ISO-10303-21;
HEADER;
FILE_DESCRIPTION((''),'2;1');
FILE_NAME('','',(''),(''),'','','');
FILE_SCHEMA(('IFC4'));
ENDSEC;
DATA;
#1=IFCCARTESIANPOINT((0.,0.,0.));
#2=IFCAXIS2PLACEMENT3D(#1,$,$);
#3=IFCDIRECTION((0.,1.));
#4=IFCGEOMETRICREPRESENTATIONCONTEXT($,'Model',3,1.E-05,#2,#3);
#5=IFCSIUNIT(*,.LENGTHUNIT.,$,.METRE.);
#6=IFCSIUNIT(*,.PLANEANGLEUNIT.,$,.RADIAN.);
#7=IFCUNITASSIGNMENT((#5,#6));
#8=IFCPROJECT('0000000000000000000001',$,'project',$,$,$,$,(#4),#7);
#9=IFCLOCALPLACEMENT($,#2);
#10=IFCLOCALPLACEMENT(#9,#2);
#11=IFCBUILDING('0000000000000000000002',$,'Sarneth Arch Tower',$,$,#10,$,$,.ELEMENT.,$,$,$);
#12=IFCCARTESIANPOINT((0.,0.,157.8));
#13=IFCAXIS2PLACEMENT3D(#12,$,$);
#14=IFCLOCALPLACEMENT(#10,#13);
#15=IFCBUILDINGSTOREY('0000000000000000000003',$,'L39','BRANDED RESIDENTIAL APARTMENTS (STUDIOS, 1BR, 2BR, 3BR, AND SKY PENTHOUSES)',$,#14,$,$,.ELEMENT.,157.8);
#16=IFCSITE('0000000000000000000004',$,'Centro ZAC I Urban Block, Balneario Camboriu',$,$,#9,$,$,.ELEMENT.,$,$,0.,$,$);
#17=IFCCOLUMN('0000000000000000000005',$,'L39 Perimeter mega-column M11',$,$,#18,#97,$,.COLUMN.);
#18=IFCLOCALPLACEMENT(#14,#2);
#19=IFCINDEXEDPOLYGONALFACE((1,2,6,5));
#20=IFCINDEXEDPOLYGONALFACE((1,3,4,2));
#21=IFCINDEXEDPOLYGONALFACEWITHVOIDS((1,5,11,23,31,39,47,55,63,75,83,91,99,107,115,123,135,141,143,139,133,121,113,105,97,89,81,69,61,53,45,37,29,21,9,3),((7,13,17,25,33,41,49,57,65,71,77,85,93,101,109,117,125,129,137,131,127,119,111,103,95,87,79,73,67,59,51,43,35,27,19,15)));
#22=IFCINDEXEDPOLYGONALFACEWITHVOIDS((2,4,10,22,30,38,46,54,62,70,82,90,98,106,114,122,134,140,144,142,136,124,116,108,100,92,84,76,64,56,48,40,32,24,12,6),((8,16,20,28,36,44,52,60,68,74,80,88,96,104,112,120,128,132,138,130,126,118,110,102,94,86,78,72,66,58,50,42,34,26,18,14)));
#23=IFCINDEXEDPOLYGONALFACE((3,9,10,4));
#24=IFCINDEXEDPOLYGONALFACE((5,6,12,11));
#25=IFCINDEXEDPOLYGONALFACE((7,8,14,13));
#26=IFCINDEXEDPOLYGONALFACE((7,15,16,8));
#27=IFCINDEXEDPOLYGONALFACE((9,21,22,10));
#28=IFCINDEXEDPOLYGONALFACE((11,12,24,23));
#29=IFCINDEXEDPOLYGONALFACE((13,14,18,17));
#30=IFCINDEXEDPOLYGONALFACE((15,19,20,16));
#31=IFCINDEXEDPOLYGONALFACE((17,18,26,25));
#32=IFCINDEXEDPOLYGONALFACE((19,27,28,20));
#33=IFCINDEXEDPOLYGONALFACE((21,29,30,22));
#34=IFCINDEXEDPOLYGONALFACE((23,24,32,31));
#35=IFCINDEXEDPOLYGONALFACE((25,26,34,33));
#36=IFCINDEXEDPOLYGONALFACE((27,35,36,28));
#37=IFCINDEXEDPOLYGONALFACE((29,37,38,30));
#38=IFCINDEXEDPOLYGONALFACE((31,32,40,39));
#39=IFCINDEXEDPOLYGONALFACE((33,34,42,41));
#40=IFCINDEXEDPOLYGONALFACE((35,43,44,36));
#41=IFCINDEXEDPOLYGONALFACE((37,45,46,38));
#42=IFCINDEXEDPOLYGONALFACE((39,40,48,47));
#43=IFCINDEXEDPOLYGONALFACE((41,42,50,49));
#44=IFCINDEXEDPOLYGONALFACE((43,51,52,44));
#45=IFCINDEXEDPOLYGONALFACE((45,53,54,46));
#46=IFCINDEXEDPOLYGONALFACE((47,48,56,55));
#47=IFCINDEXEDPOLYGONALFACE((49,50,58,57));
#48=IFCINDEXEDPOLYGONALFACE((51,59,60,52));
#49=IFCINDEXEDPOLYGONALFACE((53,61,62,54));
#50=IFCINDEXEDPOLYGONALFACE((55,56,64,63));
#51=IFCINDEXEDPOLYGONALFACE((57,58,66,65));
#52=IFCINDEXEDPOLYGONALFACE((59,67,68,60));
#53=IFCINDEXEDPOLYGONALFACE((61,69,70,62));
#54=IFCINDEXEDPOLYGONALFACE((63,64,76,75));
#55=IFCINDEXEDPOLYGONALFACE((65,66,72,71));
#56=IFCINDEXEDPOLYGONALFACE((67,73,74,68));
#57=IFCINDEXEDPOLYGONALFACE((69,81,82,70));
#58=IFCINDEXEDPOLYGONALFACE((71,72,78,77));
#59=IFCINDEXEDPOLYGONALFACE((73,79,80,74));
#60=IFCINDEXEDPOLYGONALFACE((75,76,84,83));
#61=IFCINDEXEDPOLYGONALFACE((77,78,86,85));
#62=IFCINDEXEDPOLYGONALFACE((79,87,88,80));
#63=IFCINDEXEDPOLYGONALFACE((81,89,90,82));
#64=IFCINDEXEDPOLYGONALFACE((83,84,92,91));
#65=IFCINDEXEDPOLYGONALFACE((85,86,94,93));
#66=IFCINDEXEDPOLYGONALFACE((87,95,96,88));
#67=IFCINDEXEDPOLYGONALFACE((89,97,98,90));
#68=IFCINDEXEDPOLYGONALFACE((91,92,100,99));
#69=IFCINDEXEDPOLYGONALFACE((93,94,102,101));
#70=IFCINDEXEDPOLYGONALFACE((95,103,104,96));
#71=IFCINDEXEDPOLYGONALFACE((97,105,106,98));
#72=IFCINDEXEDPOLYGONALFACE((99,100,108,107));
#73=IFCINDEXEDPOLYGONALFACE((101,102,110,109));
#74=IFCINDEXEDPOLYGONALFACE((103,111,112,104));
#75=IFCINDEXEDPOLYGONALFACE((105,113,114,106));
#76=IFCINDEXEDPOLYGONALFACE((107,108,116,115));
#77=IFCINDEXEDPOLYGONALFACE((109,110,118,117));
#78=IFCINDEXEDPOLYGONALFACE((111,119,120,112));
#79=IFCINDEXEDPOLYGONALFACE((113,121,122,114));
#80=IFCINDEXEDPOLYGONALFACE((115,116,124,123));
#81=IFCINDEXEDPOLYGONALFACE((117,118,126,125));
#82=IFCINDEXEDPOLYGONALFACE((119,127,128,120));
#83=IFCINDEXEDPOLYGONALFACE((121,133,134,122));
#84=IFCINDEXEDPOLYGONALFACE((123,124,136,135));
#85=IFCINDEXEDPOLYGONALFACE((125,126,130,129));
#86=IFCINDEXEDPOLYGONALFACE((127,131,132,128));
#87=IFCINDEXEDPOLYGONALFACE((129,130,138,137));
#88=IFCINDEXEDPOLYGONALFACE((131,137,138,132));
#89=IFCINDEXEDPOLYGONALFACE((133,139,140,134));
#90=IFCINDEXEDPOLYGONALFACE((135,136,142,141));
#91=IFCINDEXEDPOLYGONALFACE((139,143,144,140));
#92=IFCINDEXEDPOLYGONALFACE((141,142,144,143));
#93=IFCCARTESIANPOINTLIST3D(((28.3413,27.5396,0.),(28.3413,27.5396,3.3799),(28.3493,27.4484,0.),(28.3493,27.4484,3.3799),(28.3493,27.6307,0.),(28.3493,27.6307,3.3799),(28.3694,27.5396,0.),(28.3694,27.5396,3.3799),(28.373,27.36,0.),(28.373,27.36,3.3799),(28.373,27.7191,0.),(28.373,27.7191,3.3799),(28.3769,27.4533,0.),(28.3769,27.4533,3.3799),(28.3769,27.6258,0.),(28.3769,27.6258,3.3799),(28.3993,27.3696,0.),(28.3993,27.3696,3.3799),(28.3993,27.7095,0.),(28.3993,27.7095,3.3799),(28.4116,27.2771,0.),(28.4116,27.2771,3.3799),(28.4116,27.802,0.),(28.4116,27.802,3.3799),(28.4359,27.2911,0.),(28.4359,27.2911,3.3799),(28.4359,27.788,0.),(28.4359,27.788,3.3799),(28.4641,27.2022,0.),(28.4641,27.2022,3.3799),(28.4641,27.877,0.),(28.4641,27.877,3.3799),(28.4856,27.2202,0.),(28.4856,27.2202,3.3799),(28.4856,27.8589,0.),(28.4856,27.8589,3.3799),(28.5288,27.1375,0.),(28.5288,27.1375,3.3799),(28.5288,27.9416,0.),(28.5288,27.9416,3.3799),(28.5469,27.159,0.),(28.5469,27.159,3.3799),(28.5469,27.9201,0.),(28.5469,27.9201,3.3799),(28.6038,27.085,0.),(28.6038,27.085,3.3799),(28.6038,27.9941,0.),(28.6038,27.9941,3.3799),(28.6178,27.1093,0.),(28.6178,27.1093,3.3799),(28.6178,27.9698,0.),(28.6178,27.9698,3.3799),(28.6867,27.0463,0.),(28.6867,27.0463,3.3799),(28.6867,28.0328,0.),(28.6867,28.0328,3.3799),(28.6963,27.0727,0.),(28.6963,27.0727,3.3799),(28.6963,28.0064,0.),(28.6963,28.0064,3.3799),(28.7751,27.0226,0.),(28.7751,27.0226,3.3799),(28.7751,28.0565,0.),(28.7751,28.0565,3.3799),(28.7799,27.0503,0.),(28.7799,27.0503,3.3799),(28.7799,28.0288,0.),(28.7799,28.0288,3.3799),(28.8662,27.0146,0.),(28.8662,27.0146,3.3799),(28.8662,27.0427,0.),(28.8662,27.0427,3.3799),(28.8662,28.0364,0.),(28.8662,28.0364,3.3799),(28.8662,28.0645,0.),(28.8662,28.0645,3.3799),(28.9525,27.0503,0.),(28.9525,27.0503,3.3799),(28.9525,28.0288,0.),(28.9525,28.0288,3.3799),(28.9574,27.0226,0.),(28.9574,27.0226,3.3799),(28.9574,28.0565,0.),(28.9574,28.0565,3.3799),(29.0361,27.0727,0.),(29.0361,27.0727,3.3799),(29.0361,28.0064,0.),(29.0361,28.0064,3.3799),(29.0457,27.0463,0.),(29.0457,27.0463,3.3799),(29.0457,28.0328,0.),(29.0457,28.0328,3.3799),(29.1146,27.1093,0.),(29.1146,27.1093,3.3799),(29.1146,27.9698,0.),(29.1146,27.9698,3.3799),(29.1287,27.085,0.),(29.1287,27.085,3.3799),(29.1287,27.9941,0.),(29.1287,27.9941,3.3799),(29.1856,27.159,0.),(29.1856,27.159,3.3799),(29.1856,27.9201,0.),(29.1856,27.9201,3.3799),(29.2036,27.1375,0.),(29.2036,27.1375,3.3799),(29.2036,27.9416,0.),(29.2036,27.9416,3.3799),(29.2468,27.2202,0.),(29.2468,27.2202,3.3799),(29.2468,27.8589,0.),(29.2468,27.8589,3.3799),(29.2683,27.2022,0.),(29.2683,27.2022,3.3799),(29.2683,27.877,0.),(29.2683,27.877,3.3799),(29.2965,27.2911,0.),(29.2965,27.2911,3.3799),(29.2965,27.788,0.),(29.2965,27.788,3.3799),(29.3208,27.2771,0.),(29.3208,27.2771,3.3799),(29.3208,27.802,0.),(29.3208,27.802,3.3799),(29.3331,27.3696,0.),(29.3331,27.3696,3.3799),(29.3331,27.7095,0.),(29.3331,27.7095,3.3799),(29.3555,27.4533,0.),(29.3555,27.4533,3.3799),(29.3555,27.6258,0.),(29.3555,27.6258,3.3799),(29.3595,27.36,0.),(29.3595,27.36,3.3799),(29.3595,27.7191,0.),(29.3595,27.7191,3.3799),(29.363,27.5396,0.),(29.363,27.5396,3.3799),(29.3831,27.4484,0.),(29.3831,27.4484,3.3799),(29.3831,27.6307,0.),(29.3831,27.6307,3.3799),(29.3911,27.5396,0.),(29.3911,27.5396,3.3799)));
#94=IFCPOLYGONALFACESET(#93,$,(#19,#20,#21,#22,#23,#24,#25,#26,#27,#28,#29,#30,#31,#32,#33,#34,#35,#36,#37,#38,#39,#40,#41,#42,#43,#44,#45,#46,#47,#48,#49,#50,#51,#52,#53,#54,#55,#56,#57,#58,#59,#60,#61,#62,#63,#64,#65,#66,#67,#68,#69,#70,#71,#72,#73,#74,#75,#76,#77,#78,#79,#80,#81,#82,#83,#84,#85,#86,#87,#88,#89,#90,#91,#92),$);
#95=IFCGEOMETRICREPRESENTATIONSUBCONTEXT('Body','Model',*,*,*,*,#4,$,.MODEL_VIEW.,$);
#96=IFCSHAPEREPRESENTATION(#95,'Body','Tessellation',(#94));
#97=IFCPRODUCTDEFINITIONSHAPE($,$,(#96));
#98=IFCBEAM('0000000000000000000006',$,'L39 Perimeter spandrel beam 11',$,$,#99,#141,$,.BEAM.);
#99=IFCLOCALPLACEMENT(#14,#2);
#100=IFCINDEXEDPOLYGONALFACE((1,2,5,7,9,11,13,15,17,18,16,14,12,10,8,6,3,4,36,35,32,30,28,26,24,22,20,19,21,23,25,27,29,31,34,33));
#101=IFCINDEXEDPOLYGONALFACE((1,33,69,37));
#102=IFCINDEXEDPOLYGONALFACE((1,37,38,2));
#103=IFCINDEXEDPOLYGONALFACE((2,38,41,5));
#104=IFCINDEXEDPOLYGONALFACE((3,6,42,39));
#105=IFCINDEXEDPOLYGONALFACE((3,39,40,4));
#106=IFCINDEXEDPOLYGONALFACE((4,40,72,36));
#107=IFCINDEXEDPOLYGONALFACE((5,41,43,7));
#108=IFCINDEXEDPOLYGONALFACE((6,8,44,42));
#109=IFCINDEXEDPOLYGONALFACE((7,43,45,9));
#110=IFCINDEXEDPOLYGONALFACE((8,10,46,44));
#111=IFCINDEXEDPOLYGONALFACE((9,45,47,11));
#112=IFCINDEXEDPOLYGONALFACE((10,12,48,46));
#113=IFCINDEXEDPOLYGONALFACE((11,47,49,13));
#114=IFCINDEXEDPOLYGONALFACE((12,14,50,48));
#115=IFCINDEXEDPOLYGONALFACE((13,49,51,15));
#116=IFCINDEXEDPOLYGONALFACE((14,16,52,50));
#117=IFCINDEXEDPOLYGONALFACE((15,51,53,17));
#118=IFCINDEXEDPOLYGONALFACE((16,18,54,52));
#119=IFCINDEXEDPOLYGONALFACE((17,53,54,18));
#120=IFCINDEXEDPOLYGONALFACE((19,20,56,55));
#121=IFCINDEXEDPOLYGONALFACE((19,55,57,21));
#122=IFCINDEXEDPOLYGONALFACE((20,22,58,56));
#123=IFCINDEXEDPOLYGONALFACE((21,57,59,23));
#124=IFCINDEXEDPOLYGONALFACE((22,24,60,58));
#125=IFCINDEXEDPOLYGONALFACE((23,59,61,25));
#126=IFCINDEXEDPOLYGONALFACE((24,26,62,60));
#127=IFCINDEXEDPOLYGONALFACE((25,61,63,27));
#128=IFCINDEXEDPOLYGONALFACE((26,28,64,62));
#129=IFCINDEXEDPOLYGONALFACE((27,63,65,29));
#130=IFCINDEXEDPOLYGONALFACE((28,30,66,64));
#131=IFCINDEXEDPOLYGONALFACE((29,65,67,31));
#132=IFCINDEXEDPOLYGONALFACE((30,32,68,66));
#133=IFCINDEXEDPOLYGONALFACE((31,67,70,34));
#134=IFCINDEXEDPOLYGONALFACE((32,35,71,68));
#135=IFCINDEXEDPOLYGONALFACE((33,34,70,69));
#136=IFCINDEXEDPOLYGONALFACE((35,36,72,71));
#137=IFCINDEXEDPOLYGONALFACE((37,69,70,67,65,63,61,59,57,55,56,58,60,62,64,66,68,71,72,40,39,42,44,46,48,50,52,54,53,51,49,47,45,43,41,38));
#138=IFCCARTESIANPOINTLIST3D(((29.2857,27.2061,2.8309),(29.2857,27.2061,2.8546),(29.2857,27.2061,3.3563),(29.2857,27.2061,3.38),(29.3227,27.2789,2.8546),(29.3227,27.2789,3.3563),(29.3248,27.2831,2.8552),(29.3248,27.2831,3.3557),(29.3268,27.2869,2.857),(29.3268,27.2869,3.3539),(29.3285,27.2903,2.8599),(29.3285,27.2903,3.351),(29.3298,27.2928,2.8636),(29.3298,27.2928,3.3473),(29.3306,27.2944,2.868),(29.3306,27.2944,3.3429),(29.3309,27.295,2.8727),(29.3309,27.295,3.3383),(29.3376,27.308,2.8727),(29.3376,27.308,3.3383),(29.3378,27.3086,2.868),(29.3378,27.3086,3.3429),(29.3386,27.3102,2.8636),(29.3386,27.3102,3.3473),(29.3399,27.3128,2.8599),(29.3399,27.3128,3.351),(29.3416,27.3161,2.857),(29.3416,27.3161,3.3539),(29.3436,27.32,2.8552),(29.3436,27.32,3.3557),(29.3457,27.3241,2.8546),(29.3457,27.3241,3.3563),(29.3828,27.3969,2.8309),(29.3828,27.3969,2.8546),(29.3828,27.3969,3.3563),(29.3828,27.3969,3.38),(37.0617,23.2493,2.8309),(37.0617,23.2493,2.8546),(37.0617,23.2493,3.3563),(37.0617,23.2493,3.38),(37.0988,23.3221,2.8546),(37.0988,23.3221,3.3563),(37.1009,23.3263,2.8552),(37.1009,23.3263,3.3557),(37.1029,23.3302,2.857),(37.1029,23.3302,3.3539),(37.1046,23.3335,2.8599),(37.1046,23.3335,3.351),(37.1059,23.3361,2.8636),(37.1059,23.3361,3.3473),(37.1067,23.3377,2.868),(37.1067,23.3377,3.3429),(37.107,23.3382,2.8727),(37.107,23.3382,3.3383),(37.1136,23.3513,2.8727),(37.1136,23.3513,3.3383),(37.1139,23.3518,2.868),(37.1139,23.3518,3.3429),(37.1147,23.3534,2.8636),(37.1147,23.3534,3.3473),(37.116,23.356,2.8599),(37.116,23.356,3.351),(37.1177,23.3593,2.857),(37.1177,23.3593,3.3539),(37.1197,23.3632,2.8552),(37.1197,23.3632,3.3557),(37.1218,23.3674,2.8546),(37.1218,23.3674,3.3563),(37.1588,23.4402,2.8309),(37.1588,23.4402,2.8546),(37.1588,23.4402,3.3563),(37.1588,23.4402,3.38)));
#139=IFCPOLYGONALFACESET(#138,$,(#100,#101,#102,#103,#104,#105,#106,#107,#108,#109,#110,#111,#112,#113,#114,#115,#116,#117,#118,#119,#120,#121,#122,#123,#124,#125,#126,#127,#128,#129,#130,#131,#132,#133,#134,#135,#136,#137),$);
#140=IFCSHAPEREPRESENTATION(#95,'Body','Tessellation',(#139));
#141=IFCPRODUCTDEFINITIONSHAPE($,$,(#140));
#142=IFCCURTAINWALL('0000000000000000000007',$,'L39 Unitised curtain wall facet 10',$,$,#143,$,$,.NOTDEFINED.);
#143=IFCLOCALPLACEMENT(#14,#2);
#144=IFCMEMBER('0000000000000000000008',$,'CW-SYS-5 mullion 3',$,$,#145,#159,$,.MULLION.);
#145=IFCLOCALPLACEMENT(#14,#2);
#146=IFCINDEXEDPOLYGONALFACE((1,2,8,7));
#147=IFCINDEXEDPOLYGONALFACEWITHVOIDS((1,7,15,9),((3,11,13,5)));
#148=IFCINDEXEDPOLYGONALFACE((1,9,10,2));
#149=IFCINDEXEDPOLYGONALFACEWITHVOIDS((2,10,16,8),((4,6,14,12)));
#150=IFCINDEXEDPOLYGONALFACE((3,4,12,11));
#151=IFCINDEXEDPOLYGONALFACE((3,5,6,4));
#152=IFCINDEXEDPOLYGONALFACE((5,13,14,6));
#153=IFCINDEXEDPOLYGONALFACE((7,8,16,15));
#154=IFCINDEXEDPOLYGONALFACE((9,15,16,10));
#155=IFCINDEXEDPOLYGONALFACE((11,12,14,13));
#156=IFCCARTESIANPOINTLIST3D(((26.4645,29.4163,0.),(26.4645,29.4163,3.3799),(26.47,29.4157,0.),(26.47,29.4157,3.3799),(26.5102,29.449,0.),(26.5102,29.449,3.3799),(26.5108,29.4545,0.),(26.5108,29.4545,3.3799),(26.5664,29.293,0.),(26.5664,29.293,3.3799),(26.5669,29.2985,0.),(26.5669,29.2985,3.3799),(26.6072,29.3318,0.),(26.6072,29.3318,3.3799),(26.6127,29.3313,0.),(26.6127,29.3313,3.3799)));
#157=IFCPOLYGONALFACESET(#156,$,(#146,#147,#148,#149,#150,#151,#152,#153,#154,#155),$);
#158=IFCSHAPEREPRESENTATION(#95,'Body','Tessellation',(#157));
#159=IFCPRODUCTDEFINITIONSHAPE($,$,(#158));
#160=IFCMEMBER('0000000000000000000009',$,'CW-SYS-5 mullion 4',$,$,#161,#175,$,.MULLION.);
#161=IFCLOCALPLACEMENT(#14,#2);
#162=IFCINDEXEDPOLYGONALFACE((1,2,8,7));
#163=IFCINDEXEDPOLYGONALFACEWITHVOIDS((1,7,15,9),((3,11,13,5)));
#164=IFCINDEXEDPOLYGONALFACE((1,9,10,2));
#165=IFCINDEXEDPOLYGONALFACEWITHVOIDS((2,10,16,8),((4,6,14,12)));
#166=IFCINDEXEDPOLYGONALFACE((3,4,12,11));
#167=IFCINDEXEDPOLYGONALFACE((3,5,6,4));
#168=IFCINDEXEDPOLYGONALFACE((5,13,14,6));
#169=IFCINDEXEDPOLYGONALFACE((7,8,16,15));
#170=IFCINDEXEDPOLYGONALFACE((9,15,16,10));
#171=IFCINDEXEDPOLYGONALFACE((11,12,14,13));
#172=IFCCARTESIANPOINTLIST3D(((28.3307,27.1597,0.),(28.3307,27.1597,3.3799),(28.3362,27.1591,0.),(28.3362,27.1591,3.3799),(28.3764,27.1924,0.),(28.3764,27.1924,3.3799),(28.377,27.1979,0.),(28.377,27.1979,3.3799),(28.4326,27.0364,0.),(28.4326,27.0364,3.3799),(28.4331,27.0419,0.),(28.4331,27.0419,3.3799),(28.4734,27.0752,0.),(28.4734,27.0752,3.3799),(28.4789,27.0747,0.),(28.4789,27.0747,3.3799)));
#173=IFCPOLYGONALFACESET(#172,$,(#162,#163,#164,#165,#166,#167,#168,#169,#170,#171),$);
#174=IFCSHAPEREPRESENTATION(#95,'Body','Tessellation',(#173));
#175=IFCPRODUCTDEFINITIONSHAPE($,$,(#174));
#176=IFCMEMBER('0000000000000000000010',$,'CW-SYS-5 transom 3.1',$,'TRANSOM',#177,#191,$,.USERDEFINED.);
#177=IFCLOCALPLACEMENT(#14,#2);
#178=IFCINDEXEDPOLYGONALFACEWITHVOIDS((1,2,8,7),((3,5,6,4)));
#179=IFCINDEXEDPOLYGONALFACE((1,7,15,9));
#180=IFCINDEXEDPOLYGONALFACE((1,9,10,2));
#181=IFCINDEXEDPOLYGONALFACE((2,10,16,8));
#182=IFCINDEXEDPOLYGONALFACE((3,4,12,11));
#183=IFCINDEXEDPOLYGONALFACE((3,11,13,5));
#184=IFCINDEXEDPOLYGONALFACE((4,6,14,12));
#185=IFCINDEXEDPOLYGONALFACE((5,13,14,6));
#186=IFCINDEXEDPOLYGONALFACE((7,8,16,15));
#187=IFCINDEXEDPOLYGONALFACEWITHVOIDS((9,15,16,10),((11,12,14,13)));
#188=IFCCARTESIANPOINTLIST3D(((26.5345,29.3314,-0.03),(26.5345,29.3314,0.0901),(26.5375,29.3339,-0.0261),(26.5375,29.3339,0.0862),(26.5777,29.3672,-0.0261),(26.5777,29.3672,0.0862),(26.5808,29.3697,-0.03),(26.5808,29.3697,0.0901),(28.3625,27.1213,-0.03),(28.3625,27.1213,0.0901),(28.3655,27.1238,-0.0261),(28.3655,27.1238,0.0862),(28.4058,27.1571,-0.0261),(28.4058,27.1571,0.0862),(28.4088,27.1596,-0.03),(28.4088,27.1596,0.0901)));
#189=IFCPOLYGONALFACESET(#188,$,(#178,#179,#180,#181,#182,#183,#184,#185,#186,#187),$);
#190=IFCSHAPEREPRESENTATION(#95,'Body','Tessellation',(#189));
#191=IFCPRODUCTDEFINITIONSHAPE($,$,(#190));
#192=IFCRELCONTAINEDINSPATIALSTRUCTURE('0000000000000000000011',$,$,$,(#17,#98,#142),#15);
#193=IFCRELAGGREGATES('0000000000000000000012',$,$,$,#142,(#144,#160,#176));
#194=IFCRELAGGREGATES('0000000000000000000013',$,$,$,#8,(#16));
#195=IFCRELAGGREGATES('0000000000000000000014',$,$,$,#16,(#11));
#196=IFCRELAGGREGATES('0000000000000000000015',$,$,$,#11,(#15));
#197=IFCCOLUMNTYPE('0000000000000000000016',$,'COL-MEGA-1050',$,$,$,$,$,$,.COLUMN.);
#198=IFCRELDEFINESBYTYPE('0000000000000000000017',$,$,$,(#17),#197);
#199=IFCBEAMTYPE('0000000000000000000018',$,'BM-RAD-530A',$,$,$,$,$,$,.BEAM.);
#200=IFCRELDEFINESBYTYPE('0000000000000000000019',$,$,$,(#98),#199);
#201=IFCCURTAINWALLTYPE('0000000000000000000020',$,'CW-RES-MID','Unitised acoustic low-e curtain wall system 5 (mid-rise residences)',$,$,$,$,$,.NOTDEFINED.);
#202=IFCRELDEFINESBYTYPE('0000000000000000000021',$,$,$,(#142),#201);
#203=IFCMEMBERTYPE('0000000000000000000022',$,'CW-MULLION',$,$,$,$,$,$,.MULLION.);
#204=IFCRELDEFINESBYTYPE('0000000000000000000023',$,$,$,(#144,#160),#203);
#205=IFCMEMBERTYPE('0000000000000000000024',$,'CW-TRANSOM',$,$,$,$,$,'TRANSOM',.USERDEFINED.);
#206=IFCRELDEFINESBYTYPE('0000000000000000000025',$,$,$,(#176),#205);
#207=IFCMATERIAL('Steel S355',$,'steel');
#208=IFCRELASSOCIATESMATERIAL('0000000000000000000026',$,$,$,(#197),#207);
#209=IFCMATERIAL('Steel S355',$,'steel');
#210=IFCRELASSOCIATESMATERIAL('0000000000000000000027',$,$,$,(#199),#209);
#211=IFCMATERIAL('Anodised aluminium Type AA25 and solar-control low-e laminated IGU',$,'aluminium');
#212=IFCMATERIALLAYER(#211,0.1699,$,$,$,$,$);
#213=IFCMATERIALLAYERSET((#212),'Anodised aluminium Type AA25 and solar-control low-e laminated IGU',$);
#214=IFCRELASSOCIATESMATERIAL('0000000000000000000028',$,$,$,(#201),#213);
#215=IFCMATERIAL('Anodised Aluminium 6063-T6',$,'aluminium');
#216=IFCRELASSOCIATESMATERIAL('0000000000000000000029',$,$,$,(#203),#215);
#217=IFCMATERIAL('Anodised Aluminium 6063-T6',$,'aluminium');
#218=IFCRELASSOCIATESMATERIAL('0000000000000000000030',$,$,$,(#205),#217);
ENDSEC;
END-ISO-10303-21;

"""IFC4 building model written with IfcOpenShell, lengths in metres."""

from ifc_helpers import new_model, si_unit, direction, frame, origin, origin_2d, place, context, subcontext, project, spatial, hollow_rectangle, hollow_circle, i_section, extrude, material, layer, layer_set, material_profile, profile_set, type_object, element, aggregate, save


model = new_model("IFC4")

# Units and contexts
model_context = context("Model", 3, precision=1e-05, world=origin(), true_north=direction((0.0, 1.0)))
body_context = subcontext(model_context, "Body", "Model", "MODEL_VIEW")
ifc_project = project(units=[si_unit("LENGTHUNIT", "METRE"), si_unit("PLANEANGLEUNIT", "RADIAN")], contexts=[model_context])

# Site, building, storey
site_placement = place(None, origin())
site = spatial("IfcSite", under=ifc_project, at=site_placement, Name="Centro ZAC I Urban Block, Balneario Camboriu", CompositionType="ELEMENT", RefElevation=0.0)
building_placement = place(site_placement, origin())
building = spatial("IfcBuilding", under=site, at=building_placement, Name="Sarneth Arch Tower", CompositionType="ELEMENT")
storey_placement = place(building_placement, frame((0.0, 0.0, 157.8)))
storey = spatial("IfcBuildingStorey", under=building, at=storey_placement, Name="L39", Description="BRANDED RESIDENTIAL APARTMENTS (STUDIOS, 1BR, 2BR, 3BR, AND SKY PENTHOUSES)", CompositionType="ELEMENT", Elevation=157.8)

# Column
ifc_material_1 = material(Name="Steel S355", Category="steel")
ifc_material_profile_1 = material_profile(ifc_material_1, hollow_circle(Radius=0.5249, WallThickness=0.0281, at=origin_2d()), Name="CHS1050x28")
ifc_profile_set_1 = profile_set([ifc_material_profile_1], Name="Steel S355")
column_type = type_object("IfcColumnType", Name="COL-MEGA-1050", PredefinedType="COLUMN", material=ifc_profile_set_1)
column_placement = place(storey_placement, frame((28.8662, 27.5396, 0.0), z_axis=(0.0, 0.0, 1.0), x_axis=(1.0, 0.0, 0.0)))
element("IfcColumn", 1, at=column_placement, inside=storey, type_object=column_type, Name="L39 Perimeter mega-column M11", PredefinedType="COLUMN", context=body_context, shape_type="SweptSolid", body=[
    extrude(hollow_circle(Radius=0.5249, WallThickness=0.0281, at=origin_2d()), origin(), (0.0, 0.0, 1.0), 3.3799),
])

# Beam
ifc_material_2 = material(Name="Steel S355", Category="steel")
ifc_material_profile_2 = material_profile(ifc_material_2, i_section(OverallWidth=0.2141, OverallDepth=0.5491, WebThickness=0.0146, FlangeThickness=0.0237, FilletRadius=0.0181, at=origin_2d()), Name="W530x138")
ifc_profile_set_2 = profile_set([ifc_material_profile_2], Name="Steel S355")
beam_type = type_object("IfcBeamType", Name="BM-RAD-530A", PredefinedType="BEAM", material=ifc_profile_set_2)
beam_placement = place(storey_placement, frame((29.3342, 27.3015, 3.1055), z_axis=(0.891254, -0.453504, 0.0), x_axis=(0.453504, 0.891254, 0.0)))
element("IfcBeam", 2, at=beam_placement, inside=storey, type_object=beam_type, Name="L39 Perimeter spandrel beam 11", PredefinedType="BEAM", context=body_context, shape_type="SweptSolid", body=[
    extrude(i_section(OverallWidth=0.2141, OverallDepth=0.5491, WebThickness=0.0146, FlangeThickness=0.0237, FilletRadius=0.0181, at=origin_2d()), origin(), (0.0, 0.0, 1.0), 8.7249),
])

# Curtain wall, members
ifc_material_3 = material(Name="Anodised aluminium Type AA25 and solar-control low-e laminated IGU", Category="aluminium")
ifc_layer_1 = layer(ifc_material_3, 0.1699)
ifc_layer_set_1 = layer_set([ifc_layer_1], Name="Anodised aluminium Type AA25 and solar-control low-e laminated IGU")
curtain_wall_type = type_object("IfcCurtainWallType", Name="CW-RES-MID", Description="Unitised acoustic low-e curtain wall system 5 (mid-rise residences)", PredefinedType="NOTDEFINED", material=ifc_layer_set_1)
curtain_wall_placement = place(storey_placement, origin())
curtain_wall = element("IfcCurtainWall", 3, at=curtain_wall_placement, inside=storey, type_object=curtain_wall_type, Name="L39 Unitised curtain wall facet 10", PredefinedType="NOTDEFINED")
ifc_material_4 = material(Name="Anodised Aluminium 6063-T6", Category="aluminium")
ifc_material_profile_3 = material_profile(ifc_material_4, hollow_rectangle(XDim=0.0601, YDim=0.1599, WallThickness=0.0039, at=origin_2d()), Name="AL-MULL-160x60x4")
ifc_profile_set_3 = profile_set([ifc_material_profile_3], Name="Anodised Aluminium 6063-T6")
member_type_1 = type_object("IfcMemberType", Name="CW-MULLION", PredefinedType="MULLION", material=ifc_profile_set_3)
member_1_placement = place(storey_placement, frame((26.5386, 29.3738, 0.0), z_axis=(0.0, 0.0, 1.0), x_axis=(0.770591, 0.63733, 0.0)))
member_1 = element("IfcMember", 4, at=member_1_placement, type_object=member_type_1, Name="CW-SYS-5 mullion 3", PredefinedType="MULLION", context=body_context, shape_type="SweptSolid", body=[
    extrude(hollow_rectangle(XDim=0.0601, YDim=0.1599, WallThickness=0.0039, at=origin_2d()), origin(), (0.0, 0.0, 1.0), 3.3799),
])
member_2_placement = place(storey_placement, frame((28.4048, 27.1172, 0.0), z_axis=(0.0, 0.0, 1.0), x_axis=(0.770591, 0.63733, 0.0)))
member_2 = element("IfcMember", 5, at=member_2_placement, type_object=member_type_1, Name="CW-SYS-5 mullion 4", PredefinedType="MULLION", context=body_context, shape_type="SweptSolid", body=[
    extrude(hollow_rectangle(XDim=0.0601, YDim=0.1599, WallThickness=0.0039, at=origin_2d()), origin(), (0.0, 0.0, 1.0), 3.3799),
])
ifc_material_5 = material(Name="Anodised Aluminium 6063-T6", Category="aluminium")
ifc_material_profile_4 = material_profile(ifc_material_5, hollow_rectangle(XDim=0.0601, YDim=0.1201, WallThickness=0.0039, at=origin_2d()), Name="AL-TRAN-120x60x4")
ifc_profile_set_4 = profile_set([ifc_material_profile_4], Name="Anodised Aluminium 6063-T6")
member_type_2 = type_object("IfcMemberType", Name="CW-TRANSOM", ElementType="TRANSOM", PredefinedType="USERDEFINED", material=ifc_profile_set_4)
member_3_placement = place(storey_placement, frame((26.5576, 29.3506, 0.03), z_axis=(0.637359, -0.770567, 0.0), x_axis=(0.770567, 0.637359, 0.0)))
member_3 = element("IfcMember", 6, at=member_3_placement, type_object=member_type_2, Name="CW-SYS-5 transom 3.1", ObjectType="TRANSOM", PredefinedType="USERDEFINED", context=body_context, shape_type="SweptSolid", body=[
    extrude(hollow_rectangle(XDim=0.0601, YDim=0.1201, WallThickness=0.0039, at=origin_2d()), origin(), (0.0, 0.0, 1.0), 2.8682),
])

aggregate(curtain_wall, [member_1, member_2, member_3])

save(model, "model.ifc")
